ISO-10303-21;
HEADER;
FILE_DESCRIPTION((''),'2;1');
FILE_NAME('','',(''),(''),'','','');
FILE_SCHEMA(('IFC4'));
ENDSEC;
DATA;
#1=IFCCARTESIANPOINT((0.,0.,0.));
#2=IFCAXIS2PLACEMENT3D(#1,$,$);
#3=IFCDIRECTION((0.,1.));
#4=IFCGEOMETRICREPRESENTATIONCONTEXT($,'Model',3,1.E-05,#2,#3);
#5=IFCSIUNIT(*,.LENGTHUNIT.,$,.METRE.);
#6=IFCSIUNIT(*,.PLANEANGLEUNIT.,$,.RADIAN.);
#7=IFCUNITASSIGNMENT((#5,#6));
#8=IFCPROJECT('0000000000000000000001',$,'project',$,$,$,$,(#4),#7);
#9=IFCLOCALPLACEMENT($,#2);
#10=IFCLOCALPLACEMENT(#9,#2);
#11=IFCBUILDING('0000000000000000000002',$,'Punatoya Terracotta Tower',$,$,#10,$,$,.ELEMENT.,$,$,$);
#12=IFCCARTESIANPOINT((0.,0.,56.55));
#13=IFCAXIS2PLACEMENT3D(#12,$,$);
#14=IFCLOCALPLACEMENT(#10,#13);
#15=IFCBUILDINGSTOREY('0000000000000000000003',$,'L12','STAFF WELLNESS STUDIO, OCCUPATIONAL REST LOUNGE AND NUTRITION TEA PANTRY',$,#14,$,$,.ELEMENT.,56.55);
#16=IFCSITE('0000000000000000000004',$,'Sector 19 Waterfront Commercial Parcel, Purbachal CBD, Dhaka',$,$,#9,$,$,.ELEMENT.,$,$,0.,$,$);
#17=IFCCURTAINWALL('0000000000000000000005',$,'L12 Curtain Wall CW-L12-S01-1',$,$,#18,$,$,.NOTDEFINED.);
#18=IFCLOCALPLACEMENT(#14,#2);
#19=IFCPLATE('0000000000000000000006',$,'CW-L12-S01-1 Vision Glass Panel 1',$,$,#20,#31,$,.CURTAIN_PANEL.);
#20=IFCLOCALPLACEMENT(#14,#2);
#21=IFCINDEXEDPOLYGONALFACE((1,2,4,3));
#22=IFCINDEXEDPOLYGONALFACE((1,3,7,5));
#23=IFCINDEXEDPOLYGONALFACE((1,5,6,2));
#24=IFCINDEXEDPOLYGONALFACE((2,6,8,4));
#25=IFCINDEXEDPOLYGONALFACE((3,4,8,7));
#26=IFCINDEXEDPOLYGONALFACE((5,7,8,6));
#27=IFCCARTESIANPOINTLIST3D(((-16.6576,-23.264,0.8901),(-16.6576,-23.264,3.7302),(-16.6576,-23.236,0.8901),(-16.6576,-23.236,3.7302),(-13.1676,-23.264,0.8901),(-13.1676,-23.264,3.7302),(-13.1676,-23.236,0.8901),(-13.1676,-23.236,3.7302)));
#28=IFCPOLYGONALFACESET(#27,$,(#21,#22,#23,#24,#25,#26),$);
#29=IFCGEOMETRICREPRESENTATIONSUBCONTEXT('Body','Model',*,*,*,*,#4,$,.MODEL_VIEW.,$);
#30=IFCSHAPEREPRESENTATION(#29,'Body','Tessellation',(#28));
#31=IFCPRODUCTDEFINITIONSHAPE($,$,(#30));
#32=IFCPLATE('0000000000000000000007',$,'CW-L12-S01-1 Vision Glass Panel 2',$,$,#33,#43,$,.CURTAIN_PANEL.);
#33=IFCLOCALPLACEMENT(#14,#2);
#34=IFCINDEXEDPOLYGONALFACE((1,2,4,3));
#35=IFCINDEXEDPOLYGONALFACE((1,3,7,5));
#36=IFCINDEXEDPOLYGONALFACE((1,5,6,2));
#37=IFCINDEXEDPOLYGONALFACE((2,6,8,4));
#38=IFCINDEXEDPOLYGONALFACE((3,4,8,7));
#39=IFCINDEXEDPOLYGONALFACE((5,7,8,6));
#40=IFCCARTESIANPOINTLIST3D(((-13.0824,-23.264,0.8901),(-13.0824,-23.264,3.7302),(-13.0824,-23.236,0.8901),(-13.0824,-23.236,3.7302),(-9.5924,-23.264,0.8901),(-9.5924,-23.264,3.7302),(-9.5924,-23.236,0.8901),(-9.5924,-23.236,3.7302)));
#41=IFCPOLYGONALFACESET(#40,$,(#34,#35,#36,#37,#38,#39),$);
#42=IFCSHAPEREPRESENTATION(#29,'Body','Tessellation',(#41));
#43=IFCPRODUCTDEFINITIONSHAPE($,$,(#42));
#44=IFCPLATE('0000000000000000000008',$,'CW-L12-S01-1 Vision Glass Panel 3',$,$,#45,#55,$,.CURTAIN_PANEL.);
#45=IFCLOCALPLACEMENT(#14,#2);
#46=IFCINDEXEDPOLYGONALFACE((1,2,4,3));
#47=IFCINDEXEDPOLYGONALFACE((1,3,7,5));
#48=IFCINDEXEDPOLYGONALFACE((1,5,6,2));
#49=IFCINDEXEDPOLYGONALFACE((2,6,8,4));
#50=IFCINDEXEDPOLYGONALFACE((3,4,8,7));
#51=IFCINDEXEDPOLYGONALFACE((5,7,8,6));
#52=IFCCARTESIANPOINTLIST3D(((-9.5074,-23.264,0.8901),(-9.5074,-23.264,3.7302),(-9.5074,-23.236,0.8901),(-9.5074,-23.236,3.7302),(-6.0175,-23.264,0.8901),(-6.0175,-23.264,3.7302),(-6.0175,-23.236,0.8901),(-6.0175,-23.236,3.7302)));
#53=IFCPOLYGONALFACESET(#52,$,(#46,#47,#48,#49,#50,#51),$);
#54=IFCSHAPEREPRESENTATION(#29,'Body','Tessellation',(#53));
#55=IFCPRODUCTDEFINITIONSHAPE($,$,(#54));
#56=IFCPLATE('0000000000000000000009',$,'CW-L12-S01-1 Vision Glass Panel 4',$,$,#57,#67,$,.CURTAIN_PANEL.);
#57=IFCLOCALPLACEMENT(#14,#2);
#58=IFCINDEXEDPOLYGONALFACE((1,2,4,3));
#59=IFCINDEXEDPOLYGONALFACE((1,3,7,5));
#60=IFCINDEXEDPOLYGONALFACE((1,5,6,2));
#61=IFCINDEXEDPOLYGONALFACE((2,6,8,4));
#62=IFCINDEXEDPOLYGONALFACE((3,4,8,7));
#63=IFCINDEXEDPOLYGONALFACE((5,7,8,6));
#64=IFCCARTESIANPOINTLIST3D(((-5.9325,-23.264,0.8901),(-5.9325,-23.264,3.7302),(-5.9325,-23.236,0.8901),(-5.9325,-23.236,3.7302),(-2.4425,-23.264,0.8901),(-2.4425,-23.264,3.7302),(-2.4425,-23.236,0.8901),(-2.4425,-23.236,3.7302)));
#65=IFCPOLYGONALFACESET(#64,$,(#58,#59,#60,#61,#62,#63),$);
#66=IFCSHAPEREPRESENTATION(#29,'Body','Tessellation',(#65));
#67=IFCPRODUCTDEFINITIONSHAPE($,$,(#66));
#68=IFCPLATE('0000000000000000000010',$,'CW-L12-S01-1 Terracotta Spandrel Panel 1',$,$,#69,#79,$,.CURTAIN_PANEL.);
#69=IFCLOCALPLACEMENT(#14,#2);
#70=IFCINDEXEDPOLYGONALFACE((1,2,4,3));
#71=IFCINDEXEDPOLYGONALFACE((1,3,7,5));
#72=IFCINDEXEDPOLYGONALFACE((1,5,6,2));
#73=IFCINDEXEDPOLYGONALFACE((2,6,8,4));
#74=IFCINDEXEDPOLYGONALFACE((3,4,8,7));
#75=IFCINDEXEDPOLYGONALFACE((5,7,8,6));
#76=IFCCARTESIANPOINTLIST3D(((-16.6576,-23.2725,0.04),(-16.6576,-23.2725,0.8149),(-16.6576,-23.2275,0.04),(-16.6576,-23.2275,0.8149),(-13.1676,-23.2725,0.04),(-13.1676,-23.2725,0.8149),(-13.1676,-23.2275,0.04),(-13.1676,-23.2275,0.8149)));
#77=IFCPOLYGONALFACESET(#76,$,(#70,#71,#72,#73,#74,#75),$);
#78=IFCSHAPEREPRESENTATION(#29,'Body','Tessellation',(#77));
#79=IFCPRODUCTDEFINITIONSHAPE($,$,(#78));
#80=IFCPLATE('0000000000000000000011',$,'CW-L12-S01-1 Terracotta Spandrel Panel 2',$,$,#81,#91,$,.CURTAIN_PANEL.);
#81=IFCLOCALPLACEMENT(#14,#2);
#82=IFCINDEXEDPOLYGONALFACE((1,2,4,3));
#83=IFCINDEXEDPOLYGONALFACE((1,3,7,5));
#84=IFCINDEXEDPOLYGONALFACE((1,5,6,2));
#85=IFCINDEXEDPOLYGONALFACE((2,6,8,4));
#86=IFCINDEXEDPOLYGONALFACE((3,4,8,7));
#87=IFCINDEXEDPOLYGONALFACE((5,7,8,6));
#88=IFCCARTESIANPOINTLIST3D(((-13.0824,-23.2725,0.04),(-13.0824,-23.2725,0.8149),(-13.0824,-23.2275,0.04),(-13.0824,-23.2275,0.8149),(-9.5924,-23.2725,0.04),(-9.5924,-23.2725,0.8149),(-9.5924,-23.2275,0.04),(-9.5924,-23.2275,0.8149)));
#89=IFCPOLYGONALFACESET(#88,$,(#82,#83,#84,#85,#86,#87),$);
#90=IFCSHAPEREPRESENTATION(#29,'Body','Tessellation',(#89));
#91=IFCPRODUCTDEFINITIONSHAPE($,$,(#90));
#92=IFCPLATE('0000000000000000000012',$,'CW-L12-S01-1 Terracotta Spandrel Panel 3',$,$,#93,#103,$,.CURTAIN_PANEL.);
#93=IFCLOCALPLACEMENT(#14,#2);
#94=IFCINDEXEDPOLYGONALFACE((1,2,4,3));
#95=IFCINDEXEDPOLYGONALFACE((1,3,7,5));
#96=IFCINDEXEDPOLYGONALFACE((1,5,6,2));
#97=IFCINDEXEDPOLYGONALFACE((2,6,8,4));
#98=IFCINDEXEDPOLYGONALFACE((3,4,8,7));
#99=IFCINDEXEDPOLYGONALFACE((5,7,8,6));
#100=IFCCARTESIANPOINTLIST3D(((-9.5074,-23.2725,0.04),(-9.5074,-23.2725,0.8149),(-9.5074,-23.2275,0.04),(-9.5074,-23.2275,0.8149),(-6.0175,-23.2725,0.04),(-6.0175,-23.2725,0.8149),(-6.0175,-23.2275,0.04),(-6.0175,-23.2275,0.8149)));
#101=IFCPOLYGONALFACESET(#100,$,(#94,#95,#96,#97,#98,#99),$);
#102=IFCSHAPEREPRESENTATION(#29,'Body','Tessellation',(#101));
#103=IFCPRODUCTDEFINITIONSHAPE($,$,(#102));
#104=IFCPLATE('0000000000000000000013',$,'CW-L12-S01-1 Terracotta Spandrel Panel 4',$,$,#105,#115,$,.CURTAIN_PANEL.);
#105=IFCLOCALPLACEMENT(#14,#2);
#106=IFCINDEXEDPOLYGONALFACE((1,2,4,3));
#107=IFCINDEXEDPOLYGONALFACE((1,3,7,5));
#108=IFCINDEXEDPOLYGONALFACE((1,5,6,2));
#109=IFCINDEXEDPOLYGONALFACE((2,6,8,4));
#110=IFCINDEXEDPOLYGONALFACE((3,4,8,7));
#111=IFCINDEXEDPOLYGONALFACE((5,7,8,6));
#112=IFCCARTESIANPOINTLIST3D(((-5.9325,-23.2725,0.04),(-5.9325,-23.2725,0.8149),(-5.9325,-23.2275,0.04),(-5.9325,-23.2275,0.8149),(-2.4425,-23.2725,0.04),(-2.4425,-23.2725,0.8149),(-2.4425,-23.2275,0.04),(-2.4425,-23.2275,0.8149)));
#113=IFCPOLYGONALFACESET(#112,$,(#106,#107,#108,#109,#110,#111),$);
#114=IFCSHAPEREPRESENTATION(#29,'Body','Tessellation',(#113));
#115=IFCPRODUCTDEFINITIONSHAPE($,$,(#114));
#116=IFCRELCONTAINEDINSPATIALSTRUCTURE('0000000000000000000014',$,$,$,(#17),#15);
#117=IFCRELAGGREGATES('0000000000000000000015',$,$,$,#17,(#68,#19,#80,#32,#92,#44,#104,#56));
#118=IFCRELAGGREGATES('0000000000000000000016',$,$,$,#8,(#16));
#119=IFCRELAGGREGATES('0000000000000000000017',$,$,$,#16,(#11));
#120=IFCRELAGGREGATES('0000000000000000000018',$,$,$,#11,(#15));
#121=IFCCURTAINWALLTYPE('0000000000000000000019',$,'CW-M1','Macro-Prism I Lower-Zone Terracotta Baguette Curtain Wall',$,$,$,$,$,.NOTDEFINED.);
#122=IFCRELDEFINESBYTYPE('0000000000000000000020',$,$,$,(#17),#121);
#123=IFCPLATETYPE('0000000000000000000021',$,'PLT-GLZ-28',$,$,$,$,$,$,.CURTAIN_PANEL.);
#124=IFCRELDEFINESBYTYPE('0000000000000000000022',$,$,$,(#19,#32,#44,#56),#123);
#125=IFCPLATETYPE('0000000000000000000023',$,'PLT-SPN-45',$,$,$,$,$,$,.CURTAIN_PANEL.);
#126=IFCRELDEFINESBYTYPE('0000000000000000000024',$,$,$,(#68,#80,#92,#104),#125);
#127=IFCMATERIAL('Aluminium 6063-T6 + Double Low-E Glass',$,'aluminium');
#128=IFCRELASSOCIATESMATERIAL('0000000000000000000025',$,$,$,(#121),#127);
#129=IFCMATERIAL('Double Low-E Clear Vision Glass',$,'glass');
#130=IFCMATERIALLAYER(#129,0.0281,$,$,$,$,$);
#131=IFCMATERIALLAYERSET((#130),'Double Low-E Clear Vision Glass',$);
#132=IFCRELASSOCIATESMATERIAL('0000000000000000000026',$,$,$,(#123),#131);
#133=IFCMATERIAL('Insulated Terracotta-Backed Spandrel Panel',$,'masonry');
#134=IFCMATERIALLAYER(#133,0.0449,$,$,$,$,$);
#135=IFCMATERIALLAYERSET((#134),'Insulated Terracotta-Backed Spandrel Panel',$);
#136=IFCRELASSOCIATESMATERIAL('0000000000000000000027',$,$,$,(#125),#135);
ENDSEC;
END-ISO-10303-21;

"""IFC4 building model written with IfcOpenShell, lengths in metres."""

from ifc_helpers import new_model, si_unit, direction, frame, origin, origin_2d, place, context, subcontext, project, spatial, rectangle, extrude, material, layer, layer_set, type_object, element, aggregate, save


model = new_model("IFC4")

# Units and contexts
model_context = context("Model", 3, precision=1e-05, world=origin(), true_north=direction((0.0, 1.0)))
body_context = subcontext(model_context, "Body", "Model", "MODEL_VIEW")
ifc_project = project(units=[si_unit("LENGTHUNIT", "METRE"), si_unit("PLANEANGLEUNIT", "RADIAN")], contexts=[model_context])

# Site, building, storey
site_placement = place(None, origin())
site = spatial("IfcSite", under=ifc_project, at=site_placement, Name="Sector 19 Waterfront Commercial Parcel, Purbachal CBD, Dhaka", CompositionType="ELEMENT", RefElevation=0.0)
building_placement = place(site_placement, origin())
building = spatial("IfcBuilding", under=site, at=building_placement, Name="Punatoya Terracotta Tower", CompositionType="ELEMENT")
storey_placement = place(building_placement, frame((0.0, 0.0, 56.55)))
storey = spatial("IfcBuildingStorey", under=building, at=storey_placement, Name="L12", Description="STAFF WELLNESS STUDIO, OCCUPATIONAL REST LOUNGE AND NUTRITION TEA PANTRY", CompositionType="ELEMENT", Elevation=56.55)

# Curtain wall, plates
ifc_material_1 = material(Name="Aluminium 6063-T6 + Double Low-E Glass", Category="aluminium")
curtain_wall_type = type_object("IfcCurtainWallType", Name="CW-M1", Description="Macro-Prism I Lower-Zone Terracotta Baguette Curtain Wall", PredefinedType="NOTDEFINED", material=ifc_material_1)
curtain_wall_placement = place(storey_placement, origin())
curtain_wall = element("IfcCurtainWall", 1, at=curtain_wall_placement, inside=storey, type_object=curtain_wall_type, Name="L12 Curtain Wall CW-L12-S01-1", PredefinedType="NOTDEFINED")
ifc_material_2 = material(Name="Double Low-E Clear Vision Glass", Category="glass")
ifc_layer_1 = layer(ifc_material_2, 0.0281)
ifc_layer_set_1 = layer_set([ifc_layer_1], Name="Double Low-E Clear Vision Glass")
plate_type_1 = type_object("IfcPlateType", Name="PLT-GLZ-28", PredefinedType="CURTAIN_PANEL", material=ifc_layer_set_1)
plate_1_placement = place(storey_placement, frame((-14.9126, -23.25, 0.8901), z_axis=(0.0, 0.0, 1.0), x_axis=(1.0, 0.0, 0.0)))
plate_1 = element("IfcPlate", 2, at=plate_1_placement, type_object=plate_type_1, Name="CW-L12-S01-1 Vision Glass Panel 1", PredefinedType="CURTAIN_PANEL", context=body_context, shape_type="SweptSolid", body=[
    extrude(rectangle(XDim=3.49, YDim=0.0281, at=origin_2d()), origin(), (0.0, 0.0, 1.0), 2.8401),
])
plate_2_placement = place(storey_placement, frame((-11.3374, -23.25, 0.8901), z_axis=(0.0, 0.0, 1.0), x_axis=(1.0, 0.0, 0.0)))
plate_2 = element("IfcPlate", 3, at=plate_2_placement, type_object=plate_type_1, Name="CW-L12-S01-1 Vision Glass Panel 2", PredefinedType="CURTAIN_PANEL", context=body_context, shape_type="SweptSolid", body=[
    extrude(rectangle(XDim=3.49, YDim=0.0281, at=origin_2d()), origin(), (0.0, 0.0, 1.0), 2.8401),
])
plate_3_placement = place(storey_placement, frame((-7.7625, -23.25, 0.8901), z_axis=(0.0, 0.0, 1.0), x_axis=(1.0, 0.0, 0.0)))
plate_3 = element("IfcPlate", 4, at=plate_3_placement, type_object=plate_type_1, Name="CW-L12-S01-1 Vision Glass Panel 3", PredefinedType="CURTAIN_PANEL", context=body_context, shape_type="SweptSolid", body=[
    extrude(rectangle(XDim=3.49, YDim=0.0281, at=origin_2d()), origin(), (0.0, 0.0, 1.0), 2.8401),
])
plate_4_placement = place(storey_placement, frame((-4.1875, -23.25, 0.8901), z_axis=(0.0, 0.0, 1.0), x_axis=(1.0, 0.0, 0.0)))
plate_4 = element("IfcPlate", 5, at=plate_4_placement, type_object=plate_type_1, Name="CW-L12-S01-1 Vision Glass Panel 4", PredefinedType="CURTAIN_PANEL", context=body_context, shape_type="SweptSolid", body=[
    extrude(rectangle(XDim=3.49, YDim=0.0281, at=origin_2d()), origin(), (0.0, 0.0, 1.0), 2.8401),
])
ifc_material_3 = material(Name="Insulated Terracotta-Backed Spandrel Panel", Category="masonry")
ifc_layer_2 = layer(ifc_material_3, 0.0449)
ifc_layer_set_2 = layer_set([ifc_layer_2], Name="Insulated Terracotta-Backed Spandrel Panel")
plate_type_2 = type_object("IfcPlateType", Name="PLT-SPN-45", PredefinedType="CURTAIN_PANEL", material=ifc_layer_set_2)
plate_5_placement = place(storey_placement, frame((-14.9126, -23.25, 0.04), z_axis=(0.0, 0.0, 1.0), x_axis=(1.0, 0.0, 0.0)))
plate_5 = element("IfcPlate", 6, at=plate_5_placement, type_object=plate_type_2, Name="CW-L12-S01-1 Terracotta Spandrel Panel 1", PredefinedType="CURTAIN_PANEL", context=body_context, shape_type="SweptSolid", body=[
    extrude(rectangle(XDim=3.49, YDim=0.0449, at=origin_2d()), origin(), (0.0, 0.0, 1.0), 0.7749),
])
plate_6_placement = place(storey_placement, frame((-11.3374, -23.25, 0.04), z_axis=(0.0, 0.0, 1.0), x_axis=(1.0, 0.0, 0.0)))
plate_6 = element("IfcPlate", 7, at=plate_6_placement, type_object=plate_type_2, Name="CW-L12-S01-1 Terracotta Spandrel Panel 2", PredefinedType="CURTAIN_PANEL", context=body_context, shape_type="SweptSolid", body=[
    extrude(rectangle(XDim=3.49, YDim=0.0449, at=origin_2d()), origin(), (0.0, 0.0, 1.0), 0.7749),
])
plate_7_placement = place(storey_placement, frame((-7.7625, -23.25, 0.04), z_axis=(0.0, 0.0, 1.0), x_axis=(1.0, 0.0, 0.0)))
plate_7 = element("IfcPlate", 8, at=plate_7_placement, type_object=plate_type_2, Name="CW-L12-S01-1 Terracotta Spandrel Panel 3", PredefinedType="CURTAIN_PANEL", context=body_context, shape_type="SweptSolid", body=[
    extrude(rectangle(XDim=3.49, YDim=0.0449, at=origin_2d()), origin(), (0.0, 0.0, 1.0), 0.7749),
])
plate_8_placement = place(storey_placement, frame((-4.1875, -23.25, 0.04), z_axis=(0.0, 0.0, 1.0), x_axis=(1.0, 0.0, 0.0)))
plate_8 = element("IfcPlate", 9, at=plate_8_placement, type_object=plate_type_2, Name="CW-L12-S01-1 Terracotta Spandrel Panel 4", PredefinedType="CURTAIN_PANEL", context=body_context, shape_type="SweptSolid", body=[
    extrude(rectangle(XDim=3.49, YDim=0.0449, at=origin_2d()), origin(), (0.0, 0.0, 1.0), 0.7749),
])
aggregate(curtain_wall, [plate_5, plate_1, plate_6, plate_2, plate_7, plate_3, plate_8, plate_4])

save(model, "model.ifc")
